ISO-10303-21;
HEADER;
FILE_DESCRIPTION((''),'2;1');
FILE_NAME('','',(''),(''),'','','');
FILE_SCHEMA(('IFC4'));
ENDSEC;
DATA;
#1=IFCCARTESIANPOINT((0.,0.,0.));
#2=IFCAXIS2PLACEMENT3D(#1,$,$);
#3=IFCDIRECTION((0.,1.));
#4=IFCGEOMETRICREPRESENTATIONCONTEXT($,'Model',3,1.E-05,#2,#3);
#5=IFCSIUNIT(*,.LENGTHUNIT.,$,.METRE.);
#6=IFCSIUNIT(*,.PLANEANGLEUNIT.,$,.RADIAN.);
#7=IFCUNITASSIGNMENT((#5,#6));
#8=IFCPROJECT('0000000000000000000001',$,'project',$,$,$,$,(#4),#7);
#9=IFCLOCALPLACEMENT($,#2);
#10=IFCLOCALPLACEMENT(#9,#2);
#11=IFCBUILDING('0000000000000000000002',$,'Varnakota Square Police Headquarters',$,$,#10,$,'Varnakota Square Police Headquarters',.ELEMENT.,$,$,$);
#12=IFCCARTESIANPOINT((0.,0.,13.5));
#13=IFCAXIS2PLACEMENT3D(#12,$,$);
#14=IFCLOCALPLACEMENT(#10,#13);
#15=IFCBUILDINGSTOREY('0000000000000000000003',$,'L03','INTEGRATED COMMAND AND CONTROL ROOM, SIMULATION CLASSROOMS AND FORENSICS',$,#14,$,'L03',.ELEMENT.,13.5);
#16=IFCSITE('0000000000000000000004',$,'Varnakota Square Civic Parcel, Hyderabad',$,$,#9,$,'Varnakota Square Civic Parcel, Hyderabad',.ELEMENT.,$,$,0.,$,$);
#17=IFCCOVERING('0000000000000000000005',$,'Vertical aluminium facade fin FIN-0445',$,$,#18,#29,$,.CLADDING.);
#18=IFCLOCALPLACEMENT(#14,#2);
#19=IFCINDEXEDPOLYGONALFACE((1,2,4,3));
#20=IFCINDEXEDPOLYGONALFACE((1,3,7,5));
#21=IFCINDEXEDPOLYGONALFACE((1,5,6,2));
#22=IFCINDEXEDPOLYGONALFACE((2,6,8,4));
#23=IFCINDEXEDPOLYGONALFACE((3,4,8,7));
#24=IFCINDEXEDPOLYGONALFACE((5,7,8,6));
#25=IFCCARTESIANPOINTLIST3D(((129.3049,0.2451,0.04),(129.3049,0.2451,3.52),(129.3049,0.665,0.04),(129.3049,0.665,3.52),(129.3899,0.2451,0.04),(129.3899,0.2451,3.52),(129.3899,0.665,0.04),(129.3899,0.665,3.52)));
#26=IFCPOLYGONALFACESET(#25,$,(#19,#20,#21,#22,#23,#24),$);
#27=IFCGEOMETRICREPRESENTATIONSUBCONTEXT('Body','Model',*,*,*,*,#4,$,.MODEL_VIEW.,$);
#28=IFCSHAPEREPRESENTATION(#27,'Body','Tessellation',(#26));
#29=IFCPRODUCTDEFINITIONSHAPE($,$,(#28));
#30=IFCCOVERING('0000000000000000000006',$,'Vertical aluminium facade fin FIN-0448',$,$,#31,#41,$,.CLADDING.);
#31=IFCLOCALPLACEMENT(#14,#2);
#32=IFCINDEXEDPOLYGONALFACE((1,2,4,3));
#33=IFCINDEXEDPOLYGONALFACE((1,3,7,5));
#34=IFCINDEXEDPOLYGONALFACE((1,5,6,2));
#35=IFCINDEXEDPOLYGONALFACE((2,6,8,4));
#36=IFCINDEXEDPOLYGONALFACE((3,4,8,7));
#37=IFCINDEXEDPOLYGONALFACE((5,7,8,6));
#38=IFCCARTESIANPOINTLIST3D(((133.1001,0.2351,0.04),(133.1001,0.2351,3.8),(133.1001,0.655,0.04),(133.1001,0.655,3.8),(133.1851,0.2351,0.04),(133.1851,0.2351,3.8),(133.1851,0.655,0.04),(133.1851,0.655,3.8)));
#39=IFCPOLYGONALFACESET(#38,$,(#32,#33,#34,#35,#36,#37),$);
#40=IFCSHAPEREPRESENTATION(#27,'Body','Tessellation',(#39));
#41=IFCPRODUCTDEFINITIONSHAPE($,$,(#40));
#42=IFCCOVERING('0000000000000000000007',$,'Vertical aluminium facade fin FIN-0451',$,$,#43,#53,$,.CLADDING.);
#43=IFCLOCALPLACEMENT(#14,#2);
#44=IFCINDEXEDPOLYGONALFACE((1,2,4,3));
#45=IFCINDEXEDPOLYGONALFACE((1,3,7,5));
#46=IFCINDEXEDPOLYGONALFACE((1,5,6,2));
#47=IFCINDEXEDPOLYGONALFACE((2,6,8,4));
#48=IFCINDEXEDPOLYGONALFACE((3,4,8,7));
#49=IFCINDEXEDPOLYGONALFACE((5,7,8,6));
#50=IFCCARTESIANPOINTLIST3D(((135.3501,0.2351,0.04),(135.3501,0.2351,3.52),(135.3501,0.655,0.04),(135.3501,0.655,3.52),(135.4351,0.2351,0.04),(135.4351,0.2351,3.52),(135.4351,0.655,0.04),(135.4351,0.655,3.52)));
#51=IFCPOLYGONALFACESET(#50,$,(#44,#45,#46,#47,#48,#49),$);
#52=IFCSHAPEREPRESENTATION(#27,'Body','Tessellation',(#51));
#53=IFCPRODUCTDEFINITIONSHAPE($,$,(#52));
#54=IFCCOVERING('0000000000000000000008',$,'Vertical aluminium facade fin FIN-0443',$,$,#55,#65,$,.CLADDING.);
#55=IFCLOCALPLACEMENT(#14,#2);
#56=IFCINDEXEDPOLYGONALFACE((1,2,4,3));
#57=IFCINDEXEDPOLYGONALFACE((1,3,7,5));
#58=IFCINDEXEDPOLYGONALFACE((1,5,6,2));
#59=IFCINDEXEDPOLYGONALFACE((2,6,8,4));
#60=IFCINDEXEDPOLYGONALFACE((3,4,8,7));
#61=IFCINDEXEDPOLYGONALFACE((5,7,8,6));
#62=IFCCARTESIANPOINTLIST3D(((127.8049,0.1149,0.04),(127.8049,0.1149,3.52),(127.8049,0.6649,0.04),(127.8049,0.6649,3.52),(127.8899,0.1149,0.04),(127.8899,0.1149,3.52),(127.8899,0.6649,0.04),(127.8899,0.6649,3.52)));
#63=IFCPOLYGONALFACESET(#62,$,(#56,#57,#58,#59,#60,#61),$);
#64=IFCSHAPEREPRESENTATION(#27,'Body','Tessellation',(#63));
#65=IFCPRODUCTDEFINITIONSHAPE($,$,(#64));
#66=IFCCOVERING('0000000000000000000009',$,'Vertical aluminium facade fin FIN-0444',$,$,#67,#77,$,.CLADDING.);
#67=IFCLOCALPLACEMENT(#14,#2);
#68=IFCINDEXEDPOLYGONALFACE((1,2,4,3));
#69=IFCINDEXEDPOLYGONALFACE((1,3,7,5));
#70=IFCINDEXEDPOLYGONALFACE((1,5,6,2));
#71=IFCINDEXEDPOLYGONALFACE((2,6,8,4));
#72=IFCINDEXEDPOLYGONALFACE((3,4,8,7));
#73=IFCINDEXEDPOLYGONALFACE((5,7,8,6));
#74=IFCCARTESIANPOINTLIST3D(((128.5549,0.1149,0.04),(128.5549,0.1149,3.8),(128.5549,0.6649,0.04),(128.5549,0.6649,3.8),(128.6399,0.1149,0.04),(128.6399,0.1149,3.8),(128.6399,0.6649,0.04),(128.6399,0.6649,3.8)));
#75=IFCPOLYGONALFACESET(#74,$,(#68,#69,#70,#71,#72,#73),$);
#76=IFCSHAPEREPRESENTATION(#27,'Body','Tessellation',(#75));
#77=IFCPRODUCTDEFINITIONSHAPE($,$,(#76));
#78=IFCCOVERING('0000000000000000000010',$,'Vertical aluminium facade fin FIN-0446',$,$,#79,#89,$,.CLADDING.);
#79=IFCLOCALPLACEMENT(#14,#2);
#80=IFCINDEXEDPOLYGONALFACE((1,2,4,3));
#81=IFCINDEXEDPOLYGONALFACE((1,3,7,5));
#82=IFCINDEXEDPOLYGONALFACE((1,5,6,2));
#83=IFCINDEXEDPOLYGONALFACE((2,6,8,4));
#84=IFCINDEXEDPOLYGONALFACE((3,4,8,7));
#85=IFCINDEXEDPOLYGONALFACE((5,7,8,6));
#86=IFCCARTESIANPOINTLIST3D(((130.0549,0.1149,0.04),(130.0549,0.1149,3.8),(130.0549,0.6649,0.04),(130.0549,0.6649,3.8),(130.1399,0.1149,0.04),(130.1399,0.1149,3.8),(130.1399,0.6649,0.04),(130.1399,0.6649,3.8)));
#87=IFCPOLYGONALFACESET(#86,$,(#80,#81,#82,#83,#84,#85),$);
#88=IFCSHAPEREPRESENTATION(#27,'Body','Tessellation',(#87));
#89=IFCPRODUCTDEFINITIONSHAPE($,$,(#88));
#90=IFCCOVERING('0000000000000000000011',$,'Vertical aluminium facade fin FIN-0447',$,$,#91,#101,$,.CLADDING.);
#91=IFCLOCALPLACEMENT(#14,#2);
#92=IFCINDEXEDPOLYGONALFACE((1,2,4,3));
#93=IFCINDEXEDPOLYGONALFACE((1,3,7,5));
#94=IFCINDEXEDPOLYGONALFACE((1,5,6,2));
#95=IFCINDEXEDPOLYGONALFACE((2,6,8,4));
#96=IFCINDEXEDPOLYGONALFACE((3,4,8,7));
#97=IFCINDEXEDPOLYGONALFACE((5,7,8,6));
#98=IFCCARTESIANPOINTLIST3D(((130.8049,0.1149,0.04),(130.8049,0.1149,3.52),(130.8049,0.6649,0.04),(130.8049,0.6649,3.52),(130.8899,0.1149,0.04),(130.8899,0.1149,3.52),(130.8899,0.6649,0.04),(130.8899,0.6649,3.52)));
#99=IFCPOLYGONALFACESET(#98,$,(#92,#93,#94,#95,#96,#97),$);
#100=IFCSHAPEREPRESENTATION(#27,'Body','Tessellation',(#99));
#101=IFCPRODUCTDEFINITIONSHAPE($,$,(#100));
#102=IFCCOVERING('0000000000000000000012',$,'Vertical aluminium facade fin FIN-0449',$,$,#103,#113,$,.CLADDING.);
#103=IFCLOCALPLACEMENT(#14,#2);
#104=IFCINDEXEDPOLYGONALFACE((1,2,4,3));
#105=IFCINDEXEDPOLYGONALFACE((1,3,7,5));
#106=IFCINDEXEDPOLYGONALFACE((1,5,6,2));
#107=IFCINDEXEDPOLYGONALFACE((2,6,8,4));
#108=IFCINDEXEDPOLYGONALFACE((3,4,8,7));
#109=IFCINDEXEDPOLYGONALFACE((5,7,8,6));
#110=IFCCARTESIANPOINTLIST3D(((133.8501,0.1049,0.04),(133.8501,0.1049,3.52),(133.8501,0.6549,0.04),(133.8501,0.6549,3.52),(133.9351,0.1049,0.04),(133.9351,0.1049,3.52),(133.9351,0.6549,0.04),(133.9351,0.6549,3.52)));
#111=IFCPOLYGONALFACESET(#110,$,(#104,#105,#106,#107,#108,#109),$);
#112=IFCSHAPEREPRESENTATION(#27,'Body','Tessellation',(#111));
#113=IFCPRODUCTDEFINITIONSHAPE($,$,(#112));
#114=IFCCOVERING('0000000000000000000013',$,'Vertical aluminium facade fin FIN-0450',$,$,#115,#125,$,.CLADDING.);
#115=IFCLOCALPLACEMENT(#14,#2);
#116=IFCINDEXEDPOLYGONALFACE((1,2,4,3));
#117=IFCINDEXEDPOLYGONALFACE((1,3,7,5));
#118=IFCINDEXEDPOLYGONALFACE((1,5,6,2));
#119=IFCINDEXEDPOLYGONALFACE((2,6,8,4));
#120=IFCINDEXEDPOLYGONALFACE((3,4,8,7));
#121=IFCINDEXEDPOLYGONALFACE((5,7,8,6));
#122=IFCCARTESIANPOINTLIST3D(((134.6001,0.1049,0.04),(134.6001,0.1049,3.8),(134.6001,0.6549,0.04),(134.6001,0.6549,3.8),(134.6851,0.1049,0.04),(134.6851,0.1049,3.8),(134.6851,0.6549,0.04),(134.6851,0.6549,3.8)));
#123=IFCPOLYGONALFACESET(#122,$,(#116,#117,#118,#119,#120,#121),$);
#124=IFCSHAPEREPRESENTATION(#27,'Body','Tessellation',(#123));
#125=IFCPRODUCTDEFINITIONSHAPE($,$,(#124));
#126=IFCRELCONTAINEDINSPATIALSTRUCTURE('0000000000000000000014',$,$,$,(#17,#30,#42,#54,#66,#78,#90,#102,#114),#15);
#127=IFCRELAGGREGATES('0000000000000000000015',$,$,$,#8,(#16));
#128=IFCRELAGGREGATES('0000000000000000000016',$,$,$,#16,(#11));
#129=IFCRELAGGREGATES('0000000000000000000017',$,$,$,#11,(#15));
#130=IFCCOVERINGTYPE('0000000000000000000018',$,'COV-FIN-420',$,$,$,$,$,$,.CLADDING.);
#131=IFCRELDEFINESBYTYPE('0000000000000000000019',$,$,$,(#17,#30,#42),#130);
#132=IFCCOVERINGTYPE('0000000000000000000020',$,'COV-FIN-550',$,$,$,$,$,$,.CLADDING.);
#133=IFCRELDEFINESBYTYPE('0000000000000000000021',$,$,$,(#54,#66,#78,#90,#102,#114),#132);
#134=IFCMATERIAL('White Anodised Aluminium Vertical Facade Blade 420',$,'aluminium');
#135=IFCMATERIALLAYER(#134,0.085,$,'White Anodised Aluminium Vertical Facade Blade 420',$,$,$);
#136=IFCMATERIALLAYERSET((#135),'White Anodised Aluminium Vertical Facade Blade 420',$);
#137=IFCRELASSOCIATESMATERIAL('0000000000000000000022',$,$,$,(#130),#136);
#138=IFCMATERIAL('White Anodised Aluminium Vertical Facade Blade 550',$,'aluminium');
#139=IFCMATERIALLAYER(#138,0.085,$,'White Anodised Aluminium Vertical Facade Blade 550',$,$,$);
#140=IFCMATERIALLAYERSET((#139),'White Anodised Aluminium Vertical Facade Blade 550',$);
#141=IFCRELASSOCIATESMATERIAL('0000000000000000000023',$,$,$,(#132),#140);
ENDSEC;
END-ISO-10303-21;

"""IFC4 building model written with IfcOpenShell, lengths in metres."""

from ifc_helpers import new_model, si_unit, direction, frame, origin, origin_2d, place, context, subcontext, project, spatial, rectangle, extrude, material, layer, layer_set, type_object, element, save


model = new_model("IFC4")

# Units and contexts
model_context = context("Model", 3, precision=1e-05, world=origin(), true_north=direction((0.0, 1.0)))
body_context = subcontext(model_context, "Body", "Model", "MODEL_VIEW")
ifc_project = project(units=[si_unit("LENGTHUNIT", "METRE"), si_unit("PLANEANGLEUNIT", "RADIAN")], contexts=[model_context])

# Site, building, storey
site_placement = place(None, origin())
site = spatial("IfcSite", under=ifc_project, at=site_placement, Name="Varnakota Square Civic Parcel, Hyderabad", LongName="Varnakota Square Civic Parcel, Hyderabad", CompositionType="ELEMENT", RefElevation=0.0)
building_placement = place(site_placement, origin())
building = spatial("IfcBuilding", under=site, at=building_placement, Name="Varnakota Square Police Headquarters", LongName="Varnakota Square Police Headquarters", CompositionType="ELEMENT")
storey_placement = place(building_placement, frame((0.0, 0.0, 13.5)))
storey = spatial("IfcBuildingStorey", under=building, at=storey_placement, Name="L03", Description="INTEGRATED COMMAND AND CONTROL ROOM, SIMULATION CLASSROOMS AND FORENSICS", LongName="L03", CompositionType="ELEMENT", Elevation=13.5)

# Coverings
ifc_material_1 = material(Name="White Anodised Aluminium Vertical Facade Blade 420", Category="aluminium")
ifc_layer_1 = layer(ifc_material_1, 0.085, Name="White Anodised Aluminium Vertical Facade Blade 420")
ifc_layer_set_1 = layer_set([ifc_layer_1], Name="White Anodised Aluminium Vertical Facade Blade 420")
covering_type_1 = type_object("IfcCoveringType", Name="COV-FIN-420", PredefinedType="CLADDING", material=ifc_layer_set_1)
covering_1_placement = place(storey_placement, frame((129.3474, 0.4551, 0.04), z_axis=(0.0, 0.0, 1.0), x_axis=(1.0, 0.0, 0.0)))
element("IfcCovering", 1, at=covering_1_placement, inside=storey, type_object=covering_type_1, Name="Vertical aluminium facade fin FIN-0445", PredefinedType="CLADDING", context=body_context, shape_type="SweptSolid", body=[
    extrude(rectangle(XDim=0.085, YDim=0.4199, at=origin_2d()), origin(), (0.0, 0.0, 1.0), 3.48),
])
covering_2_placement = place(storey_placement, frame((133.1426, 0.4451, 0.04), z_axis=(0.0, 0.0, 1.0), x_axis=(1.0, 0.0, 0.0)))
element("IfcCovering", 2, at=covering_2_placement, inside=storey, type_object=covering_type_1, Name="Vertical aluminium facade fin FIN-0448", PredefinedType="CLADDING", context=body_context, shape_type="SweptSolid", body=[
    extrude(rectangle(XDim=0.085, YDim=0.4199, at=origin_2d()), origin(), (0.0, 0.0, 1.0), 3.76),
])
covering_3_placement = place(storey_placement, frame((135.3926, 0.4451, 0.04), z_axis=(0.0, 0.0, 1.0), x_axis=(1.0, 0.0, 0.0)))
element("IfcCovering", 3, at=covering_3_placement, inside=storey, type_object=covering_type_1, Name="Vertical aluminium facade fin FIN-0451", PredefinedType="CLADDING", context=body_context, shape_type="SweptSolid", body=[
    extrude(rectangle(XDim=0.085, YDim=0.4199, at=origin_2d()), origin(), (0.0, 0.0, 1.0), 3.48),
])
ifc_material_2 = material(Name="White Anodised Aluminium Vertical Facade Blade 550", Category="aluminium")
ifc_layer_2 = layer(ifc_material_2, 0.085, Name="White Anodised Aluminium Vertical Facade Blade 550")
ifc_layer_set_2 = layer_set([ifc_layer_2], Name="White Anodised Aluminium Vertical Facade Blade 550")
covering_type_2 = type_object("IfcCoveringType", Name="COV-FIN-550", PredefinedType="CLADDING", material=ifc_layer_set_2)
covering_4_placement = place(storey_placement, frame((127.8474, 0.3899, 0.04), z_axis=(0.0, 0.0, 1.0), x_axis=(1.0, 0.0, 0.0)))
element("IfcCovering", 4, at=covering_4_placement, inside=storey, type_object=covering_type_2, Name="Vertical aluminium facade fin FIN-0443", PredefinedType="CLADDING", context=body_context, shape_type="SweptSolid", body=[
    extrude(rectangle(XDim=0.085, YDim=0.55, at=origin_2d()), origin(), (0.0, 0.0, 1.0), 3.48),
])
for number, where, z_axis, x_axis, name in (
    (5, (128.5974, 0.3899, 0.04), (0.0, 0.0, 1.0), (1.0, 0.0, 0.0), "Vertical aluminium facade fin FIN-0444"),
    (6, (130.0974, 0.3899, 0.04), (0.0, 0.0, 1.0), (1.0, 0.0, 0.0), "Vertical aluminium facade fin FIN-0446"),
):
    element("IfcCovering", number, at=place(storey_placement, frame(where, z_axis=z_axis, x_axis=x_axis)), inside=storey, type_object=covering_type_2, Name=name, PredefinedType="CLADDING", context=body_context, shape_type="SweptSolid", body=[
        extrude(rectangle(XDim=0.085, YDim=0.55, at=origin_2d()), origin(), (0.0, 0.0, 1.0), 3.76),
    ])
for number, where, z_axis, x_axis, name in (
    (7, (130.8474, 0.3899, 0.04), (0.0, 0.0, 1.0), (1.0, 0.0, 0.0), "Vertical aluminium facade fin FIN-0447"),
    (8, (133.8926, 0.3799, 0.04), (0.0, 0.0, 1.0), (1.0, 0.0, 0.0), "Vertical aluminium facade fin FIN-0449"),
):
    element("IfcCovering", number, at=place(storey_placement, frame(where, z_axis=z_axis, x_axis=x_axis)), inside=storey, type_object=covering_type_2, Name=name, PredefinedType="CLADDING", context=body_context, shape_type="SweptSolid", body=[
        extrude(rectangle(XDim=0.085, YDim=0.55, at=origin_2d()), origin(), (0.0, 0.0, 1.0), 3.48),
    ])
covering_5_placement = place(storey_placement, frame((134.6426, 0.3799, 0.04), z_axis=(0.0, 0.0, 1.0), x_axis=(1.0, 0.0, 0.0)))
element("IfcCovering", 9, at=covering_5_placement, inside=storey, type_object=covering_type_2, Name="Vertical aluminium facade fin FIN-0450", PredefinedType="CLADDING", context=body_context, shape_type="SweptSolid", body=[
    extrude(rectangle(XDim=0.085, YDim=0.55, at=origin_2d()), origin(), (0.0, 0.0, 1.0), 3.76),
])

save(model, "model.ifc")
